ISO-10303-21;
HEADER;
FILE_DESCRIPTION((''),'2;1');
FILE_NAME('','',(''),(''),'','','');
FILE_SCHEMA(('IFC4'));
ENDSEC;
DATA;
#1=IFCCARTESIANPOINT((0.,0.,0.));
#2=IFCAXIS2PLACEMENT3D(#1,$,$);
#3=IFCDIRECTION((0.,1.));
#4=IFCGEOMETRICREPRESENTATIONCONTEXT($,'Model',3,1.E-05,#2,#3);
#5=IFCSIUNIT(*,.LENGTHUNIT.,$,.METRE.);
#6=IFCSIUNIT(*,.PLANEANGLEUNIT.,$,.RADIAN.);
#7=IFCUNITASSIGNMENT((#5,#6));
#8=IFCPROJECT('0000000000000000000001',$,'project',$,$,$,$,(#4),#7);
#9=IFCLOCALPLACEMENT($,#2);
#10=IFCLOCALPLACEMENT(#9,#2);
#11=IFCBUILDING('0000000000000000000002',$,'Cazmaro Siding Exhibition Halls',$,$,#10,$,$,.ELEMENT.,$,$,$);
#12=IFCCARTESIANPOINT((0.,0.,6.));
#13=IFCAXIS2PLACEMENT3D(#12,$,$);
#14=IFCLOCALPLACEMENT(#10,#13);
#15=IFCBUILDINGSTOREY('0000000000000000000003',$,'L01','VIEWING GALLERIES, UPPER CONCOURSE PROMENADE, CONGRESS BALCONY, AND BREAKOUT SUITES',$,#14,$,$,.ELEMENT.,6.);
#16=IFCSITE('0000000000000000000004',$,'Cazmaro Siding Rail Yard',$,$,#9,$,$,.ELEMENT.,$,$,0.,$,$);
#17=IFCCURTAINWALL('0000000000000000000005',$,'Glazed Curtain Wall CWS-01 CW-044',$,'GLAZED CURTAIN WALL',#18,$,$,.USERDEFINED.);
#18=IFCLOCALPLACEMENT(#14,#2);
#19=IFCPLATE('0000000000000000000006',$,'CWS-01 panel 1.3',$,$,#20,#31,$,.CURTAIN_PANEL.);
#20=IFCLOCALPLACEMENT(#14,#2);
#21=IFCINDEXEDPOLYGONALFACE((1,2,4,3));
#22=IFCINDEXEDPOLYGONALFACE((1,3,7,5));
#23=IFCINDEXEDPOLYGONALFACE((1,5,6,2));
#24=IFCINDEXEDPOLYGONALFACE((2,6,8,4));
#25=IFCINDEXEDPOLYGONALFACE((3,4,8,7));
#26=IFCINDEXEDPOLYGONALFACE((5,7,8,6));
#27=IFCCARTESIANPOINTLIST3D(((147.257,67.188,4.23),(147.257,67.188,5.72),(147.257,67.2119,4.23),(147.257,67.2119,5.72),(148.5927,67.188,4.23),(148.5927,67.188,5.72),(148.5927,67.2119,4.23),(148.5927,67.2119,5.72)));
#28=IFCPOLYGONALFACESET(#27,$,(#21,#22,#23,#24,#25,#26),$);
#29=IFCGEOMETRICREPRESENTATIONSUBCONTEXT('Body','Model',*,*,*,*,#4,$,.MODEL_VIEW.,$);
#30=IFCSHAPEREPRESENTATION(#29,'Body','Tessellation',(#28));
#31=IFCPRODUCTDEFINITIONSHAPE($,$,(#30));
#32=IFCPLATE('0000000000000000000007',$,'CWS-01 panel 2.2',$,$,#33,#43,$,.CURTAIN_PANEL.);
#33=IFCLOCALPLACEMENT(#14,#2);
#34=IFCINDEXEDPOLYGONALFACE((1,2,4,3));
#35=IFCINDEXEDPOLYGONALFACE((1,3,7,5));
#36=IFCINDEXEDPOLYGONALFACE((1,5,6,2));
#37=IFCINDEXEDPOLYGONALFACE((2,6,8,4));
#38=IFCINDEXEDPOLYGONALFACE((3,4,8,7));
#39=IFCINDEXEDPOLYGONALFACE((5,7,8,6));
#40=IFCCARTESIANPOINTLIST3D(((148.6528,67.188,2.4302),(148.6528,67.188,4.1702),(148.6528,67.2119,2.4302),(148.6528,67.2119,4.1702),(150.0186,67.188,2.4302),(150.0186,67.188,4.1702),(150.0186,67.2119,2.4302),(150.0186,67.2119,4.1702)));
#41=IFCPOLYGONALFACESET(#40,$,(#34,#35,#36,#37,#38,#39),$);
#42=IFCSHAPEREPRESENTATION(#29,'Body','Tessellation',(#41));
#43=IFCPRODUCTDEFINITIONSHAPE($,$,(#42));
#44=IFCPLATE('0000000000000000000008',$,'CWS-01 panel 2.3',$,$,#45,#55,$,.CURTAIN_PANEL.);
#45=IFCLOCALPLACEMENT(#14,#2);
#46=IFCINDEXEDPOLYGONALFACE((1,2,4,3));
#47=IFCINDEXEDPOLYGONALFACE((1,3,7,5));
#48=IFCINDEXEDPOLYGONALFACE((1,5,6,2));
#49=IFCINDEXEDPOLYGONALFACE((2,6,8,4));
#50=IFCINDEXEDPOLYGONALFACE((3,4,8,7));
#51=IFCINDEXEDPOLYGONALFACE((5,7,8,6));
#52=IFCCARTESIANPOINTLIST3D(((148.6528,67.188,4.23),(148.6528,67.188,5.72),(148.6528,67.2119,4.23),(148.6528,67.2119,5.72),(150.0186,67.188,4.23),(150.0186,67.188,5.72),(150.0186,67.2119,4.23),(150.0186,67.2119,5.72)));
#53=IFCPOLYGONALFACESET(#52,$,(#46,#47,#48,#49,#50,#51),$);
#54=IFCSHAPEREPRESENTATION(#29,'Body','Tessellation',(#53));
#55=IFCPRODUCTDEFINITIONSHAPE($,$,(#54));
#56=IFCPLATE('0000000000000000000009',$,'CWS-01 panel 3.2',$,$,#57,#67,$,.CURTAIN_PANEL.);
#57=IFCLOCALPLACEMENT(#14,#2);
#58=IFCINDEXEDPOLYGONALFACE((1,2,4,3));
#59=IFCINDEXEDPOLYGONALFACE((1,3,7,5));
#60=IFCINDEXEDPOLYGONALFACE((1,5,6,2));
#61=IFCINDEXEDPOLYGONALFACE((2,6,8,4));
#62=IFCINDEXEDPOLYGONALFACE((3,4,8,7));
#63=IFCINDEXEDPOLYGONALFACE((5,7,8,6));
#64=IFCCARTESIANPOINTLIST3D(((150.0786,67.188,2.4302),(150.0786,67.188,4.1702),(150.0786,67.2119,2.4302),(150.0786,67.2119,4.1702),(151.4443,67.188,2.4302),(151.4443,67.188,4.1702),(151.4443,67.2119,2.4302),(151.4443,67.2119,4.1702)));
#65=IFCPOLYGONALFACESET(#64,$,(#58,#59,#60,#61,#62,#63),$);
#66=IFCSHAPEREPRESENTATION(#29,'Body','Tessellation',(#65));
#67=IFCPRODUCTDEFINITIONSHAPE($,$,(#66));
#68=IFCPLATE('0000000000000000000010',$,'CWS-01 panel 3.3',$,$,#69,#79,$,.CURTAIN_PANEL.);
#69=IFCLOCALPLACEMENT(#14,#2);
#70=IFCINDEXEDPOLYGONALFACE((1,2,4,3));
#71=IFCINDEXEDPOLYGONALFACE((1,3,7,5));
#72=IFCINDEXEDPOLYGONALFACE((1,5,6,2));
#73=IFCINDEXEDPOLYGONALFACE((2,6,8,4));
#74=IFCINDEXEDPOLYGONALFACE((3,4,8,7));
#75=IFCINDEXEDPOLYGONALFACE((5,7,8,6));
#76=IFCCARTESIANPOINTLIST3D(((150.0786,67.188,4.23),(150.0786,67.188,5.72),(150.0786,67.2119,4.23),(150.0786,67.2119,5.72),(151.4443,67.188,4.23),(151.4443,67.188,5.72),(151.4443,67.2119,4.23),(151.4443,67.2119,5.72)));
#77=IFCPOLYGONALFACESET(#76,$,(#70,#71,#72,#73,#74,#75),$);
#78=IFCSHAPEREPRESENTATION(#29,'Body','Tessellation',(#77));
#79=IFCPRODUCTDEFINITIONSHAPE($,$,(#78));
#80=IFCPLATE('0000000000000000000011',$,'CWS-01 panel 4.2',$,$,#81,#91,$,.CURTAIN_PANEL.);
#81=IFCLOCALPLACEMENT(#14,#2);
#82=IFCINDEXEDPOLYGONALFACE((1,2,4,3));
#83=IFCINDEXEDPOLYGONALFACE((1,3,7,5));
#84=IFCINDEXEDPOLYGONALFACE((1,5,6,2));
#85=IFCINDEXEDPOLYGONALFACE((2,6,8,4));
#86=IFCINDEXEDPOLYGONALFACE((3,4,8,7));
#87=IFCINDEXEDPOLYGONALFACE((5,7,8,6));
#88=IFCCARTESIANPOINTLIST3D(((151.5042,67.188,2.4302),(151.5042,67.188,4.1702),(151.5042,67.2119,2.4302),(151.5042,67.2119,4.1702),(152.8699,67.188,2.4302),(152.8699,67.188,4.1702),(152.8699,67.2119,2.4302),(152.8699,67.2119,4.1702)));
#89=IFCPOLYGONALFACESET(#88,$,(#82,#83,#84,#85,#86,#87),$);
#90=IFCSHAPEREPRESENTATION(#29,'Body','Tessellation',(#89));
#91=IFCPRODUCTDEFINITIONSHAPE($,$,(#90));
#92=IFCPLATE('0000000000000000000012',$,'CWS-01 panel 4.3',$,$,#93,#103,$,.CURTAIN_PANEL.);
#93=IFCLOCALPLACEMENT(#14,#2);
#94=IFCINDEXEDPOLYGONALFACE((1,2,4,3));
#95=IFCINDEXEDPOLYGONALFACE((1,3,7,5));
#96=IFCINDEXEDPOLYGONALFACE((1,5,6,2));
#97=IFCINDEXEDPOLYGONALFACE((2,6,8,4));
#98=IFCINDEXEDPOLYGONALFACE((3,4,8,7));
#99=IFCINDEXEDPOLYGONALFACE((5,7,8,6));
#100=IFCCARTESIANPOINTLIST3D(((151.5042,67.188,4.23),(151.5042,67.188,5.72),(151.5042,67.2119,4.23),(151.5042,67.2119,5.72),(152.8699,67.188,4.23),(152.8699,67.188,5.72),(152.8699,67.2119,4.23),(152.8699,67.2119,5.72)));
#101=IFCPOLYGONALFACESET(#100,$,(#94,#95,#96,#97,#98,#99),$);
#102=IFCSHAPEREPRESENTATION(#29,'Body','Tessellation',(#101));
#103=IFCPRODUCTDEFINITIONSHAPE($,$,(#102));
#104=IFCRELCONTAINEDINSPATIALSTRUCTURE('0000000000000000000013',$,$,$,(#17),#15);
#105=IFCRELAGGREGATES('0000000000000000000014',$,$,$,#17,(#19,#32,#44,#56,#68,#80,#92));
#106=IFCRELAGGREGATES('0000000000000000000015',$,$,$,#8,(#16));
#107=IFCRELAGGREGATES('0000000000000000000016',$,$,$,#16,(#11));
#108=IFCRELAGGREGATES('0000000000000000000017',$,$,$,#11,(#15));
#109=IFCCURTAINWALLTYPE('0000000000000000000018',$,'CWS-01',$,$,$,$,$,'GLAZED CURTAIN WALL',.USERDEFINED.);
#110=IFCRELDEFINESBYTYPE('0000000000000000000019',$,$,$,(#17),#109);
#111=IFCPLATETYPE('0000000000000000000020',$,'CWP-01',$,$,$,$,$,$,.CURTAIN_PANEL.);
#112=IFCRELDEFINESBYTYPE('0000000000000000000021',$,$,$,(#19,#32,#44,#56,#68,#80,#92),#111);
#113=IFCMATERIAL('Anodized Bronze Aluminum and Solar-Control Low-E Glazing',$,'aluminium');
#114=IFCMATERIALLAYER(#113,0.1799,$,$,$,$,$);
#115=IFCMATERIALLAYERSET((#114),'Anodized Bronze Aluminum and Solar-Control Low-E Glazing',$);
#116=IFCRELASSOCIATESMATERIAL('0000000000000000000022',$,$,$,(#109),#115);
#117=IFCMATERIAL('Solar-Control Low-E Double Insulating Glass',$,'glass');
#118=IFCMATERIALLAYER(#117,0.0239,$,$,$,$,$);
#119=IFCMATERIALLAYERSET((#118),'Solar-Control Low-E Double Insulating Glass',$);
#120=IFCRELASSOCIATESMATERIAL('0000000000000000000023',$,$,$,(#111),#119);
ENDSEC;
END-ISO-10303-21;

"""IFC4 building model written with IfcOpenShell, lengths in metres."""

from ifc_helpers import new_model, si_unit, direction, frame, origin, origin_2d, place, context, subcontext, project, spatial, rectangle, extrude, material, layer, layer_set, type_object, element, aggregate, save


model = new_model("IFC4")

# Units and contexts
model_context = context("Model", 3, precision=1e-05, world=origin(), true_north=direction((0.0, 1.0)))
body_context = subcontext(model_context, "Body", "Model", "MODEL_VIEW")
ifc_project = project(units=[si_unit("LENGTHUNIT", "METRE"), si_unit("PLANEANGLEUNIT", "RADIAN")], contexts=[model_context])

# Site, building, storey
site_placement = place(None, origin())
site = spatial("IfcSite", under=ifc_project, at=site_placement, Name="Cazmaro Siding Rail Yard", CompositionType="ELEMENT", RefElevation=0.0)
building_placement = place(site_placement, origin())
building = spatial("IfcBuilding", under=site, at=building_placement, Name="Cazmaro Siding Exhibition Halls", CompositionType="ELEMENT")
storey_placement = place(building_placement, frame((0.0, 0.0, 6.0)))
storey = spatial("IfcBuildingStorey", under=building, at=storey_placement, Name="L01", Description="VIEWING GALLERIES, UPPER CONCOURSE PROMENADE, CONGRESS BALCONY, AND BREAKOUT SUITES", CompositionType="ELEMENT", Elevation=6.0)

# Curtain wall, plates
ifc_material_1 = material(Name="Anodized Bronze Aluminum and Solar-Control Low-E Glazing", Category="aluminium")
ifc_layer_1 = layer(ifc_material_1, 0.1799)
ifc_layer_set_1 = layer_set([ifc_layer_1], Name="Anodized Bronze Aluminum and Solar-Control Low-E Glazing")
curtain_wall_type = type_object("IfcCurtainWallType", Name="CWS-01", ElementType="GLAZED CURTAIN WALL", PredefinedType="USERDEFINED", material=ifc_layer_set_1)
curtain_wall_placement = place(storey_placement, origin())
curtain_wall = element("IfcCurtainWall", 1, at=curtain_wall_placement, inside=storey, type_object=curtain_wall_type, Name="Glazed Curtain Wall CWS-01 CW-044", ObjectType="GLAZED CURTAIN WALL", PredefinedType="USERDEFINED")
ifc_material_2 = material(Name="Solar-Control Low-E Double Insulating Glass", Category="glass")
ifc_layer_2 = layer(ifc_material_2, 0.0239)
ifc_layer_set_2 = layer_set([ifc_layer_2], Name="Solar-Control Low-E Double Insulating Glass")
plate_type = type_object("IfcPlateType", Name="CWP-01", PredefinedType="CURTAIN_PANEL", material=ifc_layer_set_2)
plate_1_placement = place(storey_placement, frame((147.9248, 67.2, 4.23), z_axis=(0.0, 0.0, 1.0), x_axis=(1.0, 0.0, 0.0)))
plate_1 = element("IfcPlate", 2, at=plate_1_placement, type_object=plate_type, Name="CWS-01 panel 1.3", PredefinedType="CURTAIN_PANEL", context=body_context, shape_type="SweptSolid", body=[
    extrude(rectangle(XDim=1.3357, YDim=0.0239, at=origin_2d()), origin(), (0.0, 0.0, 1.0), 1.49),
])
plate_2_placement = place(storey_placement, frame((149.3357, 67.2, 2.4302), z_axis=(0.0, 0.0, 1.0), x_axis=(1.0, 0.0, 0.0)))
plate_2 = element("IfcPlate", 3, at=plate_2_placement, type_object=plate_type, Name="CWS-01 panel 2.2", PredefinedType="CURTAIN_PANEL", context=body_context, shape_type="SweptSolid", body=[
    extrude(rectangle(XDim=1.3657, YDim=0.0239, at=origin_2d()), origin(), (0.0, 0.0, 1.0), 1.74),
])
plate_3_placement = place(storey_placement, frame((149.3357, 67.2, 4.23), z_axis=(0.0, 0.0, 1.0), x_axis=(1.0, 0.0, 0.0)))
plate_3 = element("IfcPlate", 4, at=plate_3_placement, type_object=plate_type, Name="CWS-01 panel 2.3", PredefinedType="CURTAIN_PANEL", context=body_context, shape_type="SweptSolid", body=[
    extrude(rectangle(XDim=1.3657, YDim=0.0239, at=origin_2d()), origin(), (0.0, 0.0, 1.0), 1.49),
])
plate_4_placement = place(storey_placement, frame((150.7615, 67.2, 2.4302), z_axis=(0.0, 0.0, 1.0), x_axis=(1.0, 0.0, 0.0)))
plate_4 = element("IfcPlate", 5, at=plate_4_placement, type_object=plate_type, Name="CWS-01 panel 3.2", PredefinedType="CURTAIN_PANEL", context=body_context, shape_type="SweptSolid", body=[
    extrude(rectangle(XDim=1.3657, YDim=0.0239, at=origin_2d()), origin(), (0.0, 0.0, 1.0), 1.74),
])
plate_5_placement = place(storey_placement, frame((150.7615, 67.2, 4.23), z_axis=(0.0, 0.0, 1.0), x_axis=(1.0, 0.0, 0.0)))
plate_5 = element("IfcPlate", 6, at=plate_5_placement, type_object=plate_type, Name="CWS-01 panel 3.3", PredefinedType="CURTAIN_PANEL", context=body_context, shape_type="SweptSolid", body=[
    extrude(rectangle(XDim=1.3657, YDim=0.0239, at=origin_2d()), origin(), (0.0, 0.0, 1.0), 1.49),
])
plate_6_placement = place(storey_placement, frame((152.187, 67.2, 2.4302), z_axis=(0.0, 0.0, 1.0), x_axis=(1.0, 0.0, 0.0)))
plate_6 = element("IfcPlate", 7, at=plate_6_placement, type_object=plate_type, Name="CWS-01 panel 4.2", PredefinedType="CURTAIN_PANEL", context=body_context, shape_type="SweptSolid", body=[
    extrude(rectangle(XDim=1.3657, YDim=0.0239, at=origin_2d()), origin(), (0.0, 0.0, 1.0), 1.74),
])
plate_7_placement = place(storey_placement, frame((152.187, 67.2, 4.23), z_axis=(0.0, 0.0, 1.0), x_axis=(1.0, 0.0, 0.0)))
plate_7 = element("IfcPlate", 8, at=plate_7_placement, type_object=plate_type, Name="CWS-01 panel 4.3", PredefinedType="CURTAIN_PANEL", context=body_context, shape_type="SweptSolid", body=[
    extrude(rectangle(XDim=1.3657, YDim=0.0239, at=origin_2d()), origin(), (0.0, 0.0, 1.0), 1.49),
])
aggregate(curtain_wall, [plate_1, plate_2, plate_3, plate_4, plate_5, plate_6, plate_7])

save(model, "model.ifc")
